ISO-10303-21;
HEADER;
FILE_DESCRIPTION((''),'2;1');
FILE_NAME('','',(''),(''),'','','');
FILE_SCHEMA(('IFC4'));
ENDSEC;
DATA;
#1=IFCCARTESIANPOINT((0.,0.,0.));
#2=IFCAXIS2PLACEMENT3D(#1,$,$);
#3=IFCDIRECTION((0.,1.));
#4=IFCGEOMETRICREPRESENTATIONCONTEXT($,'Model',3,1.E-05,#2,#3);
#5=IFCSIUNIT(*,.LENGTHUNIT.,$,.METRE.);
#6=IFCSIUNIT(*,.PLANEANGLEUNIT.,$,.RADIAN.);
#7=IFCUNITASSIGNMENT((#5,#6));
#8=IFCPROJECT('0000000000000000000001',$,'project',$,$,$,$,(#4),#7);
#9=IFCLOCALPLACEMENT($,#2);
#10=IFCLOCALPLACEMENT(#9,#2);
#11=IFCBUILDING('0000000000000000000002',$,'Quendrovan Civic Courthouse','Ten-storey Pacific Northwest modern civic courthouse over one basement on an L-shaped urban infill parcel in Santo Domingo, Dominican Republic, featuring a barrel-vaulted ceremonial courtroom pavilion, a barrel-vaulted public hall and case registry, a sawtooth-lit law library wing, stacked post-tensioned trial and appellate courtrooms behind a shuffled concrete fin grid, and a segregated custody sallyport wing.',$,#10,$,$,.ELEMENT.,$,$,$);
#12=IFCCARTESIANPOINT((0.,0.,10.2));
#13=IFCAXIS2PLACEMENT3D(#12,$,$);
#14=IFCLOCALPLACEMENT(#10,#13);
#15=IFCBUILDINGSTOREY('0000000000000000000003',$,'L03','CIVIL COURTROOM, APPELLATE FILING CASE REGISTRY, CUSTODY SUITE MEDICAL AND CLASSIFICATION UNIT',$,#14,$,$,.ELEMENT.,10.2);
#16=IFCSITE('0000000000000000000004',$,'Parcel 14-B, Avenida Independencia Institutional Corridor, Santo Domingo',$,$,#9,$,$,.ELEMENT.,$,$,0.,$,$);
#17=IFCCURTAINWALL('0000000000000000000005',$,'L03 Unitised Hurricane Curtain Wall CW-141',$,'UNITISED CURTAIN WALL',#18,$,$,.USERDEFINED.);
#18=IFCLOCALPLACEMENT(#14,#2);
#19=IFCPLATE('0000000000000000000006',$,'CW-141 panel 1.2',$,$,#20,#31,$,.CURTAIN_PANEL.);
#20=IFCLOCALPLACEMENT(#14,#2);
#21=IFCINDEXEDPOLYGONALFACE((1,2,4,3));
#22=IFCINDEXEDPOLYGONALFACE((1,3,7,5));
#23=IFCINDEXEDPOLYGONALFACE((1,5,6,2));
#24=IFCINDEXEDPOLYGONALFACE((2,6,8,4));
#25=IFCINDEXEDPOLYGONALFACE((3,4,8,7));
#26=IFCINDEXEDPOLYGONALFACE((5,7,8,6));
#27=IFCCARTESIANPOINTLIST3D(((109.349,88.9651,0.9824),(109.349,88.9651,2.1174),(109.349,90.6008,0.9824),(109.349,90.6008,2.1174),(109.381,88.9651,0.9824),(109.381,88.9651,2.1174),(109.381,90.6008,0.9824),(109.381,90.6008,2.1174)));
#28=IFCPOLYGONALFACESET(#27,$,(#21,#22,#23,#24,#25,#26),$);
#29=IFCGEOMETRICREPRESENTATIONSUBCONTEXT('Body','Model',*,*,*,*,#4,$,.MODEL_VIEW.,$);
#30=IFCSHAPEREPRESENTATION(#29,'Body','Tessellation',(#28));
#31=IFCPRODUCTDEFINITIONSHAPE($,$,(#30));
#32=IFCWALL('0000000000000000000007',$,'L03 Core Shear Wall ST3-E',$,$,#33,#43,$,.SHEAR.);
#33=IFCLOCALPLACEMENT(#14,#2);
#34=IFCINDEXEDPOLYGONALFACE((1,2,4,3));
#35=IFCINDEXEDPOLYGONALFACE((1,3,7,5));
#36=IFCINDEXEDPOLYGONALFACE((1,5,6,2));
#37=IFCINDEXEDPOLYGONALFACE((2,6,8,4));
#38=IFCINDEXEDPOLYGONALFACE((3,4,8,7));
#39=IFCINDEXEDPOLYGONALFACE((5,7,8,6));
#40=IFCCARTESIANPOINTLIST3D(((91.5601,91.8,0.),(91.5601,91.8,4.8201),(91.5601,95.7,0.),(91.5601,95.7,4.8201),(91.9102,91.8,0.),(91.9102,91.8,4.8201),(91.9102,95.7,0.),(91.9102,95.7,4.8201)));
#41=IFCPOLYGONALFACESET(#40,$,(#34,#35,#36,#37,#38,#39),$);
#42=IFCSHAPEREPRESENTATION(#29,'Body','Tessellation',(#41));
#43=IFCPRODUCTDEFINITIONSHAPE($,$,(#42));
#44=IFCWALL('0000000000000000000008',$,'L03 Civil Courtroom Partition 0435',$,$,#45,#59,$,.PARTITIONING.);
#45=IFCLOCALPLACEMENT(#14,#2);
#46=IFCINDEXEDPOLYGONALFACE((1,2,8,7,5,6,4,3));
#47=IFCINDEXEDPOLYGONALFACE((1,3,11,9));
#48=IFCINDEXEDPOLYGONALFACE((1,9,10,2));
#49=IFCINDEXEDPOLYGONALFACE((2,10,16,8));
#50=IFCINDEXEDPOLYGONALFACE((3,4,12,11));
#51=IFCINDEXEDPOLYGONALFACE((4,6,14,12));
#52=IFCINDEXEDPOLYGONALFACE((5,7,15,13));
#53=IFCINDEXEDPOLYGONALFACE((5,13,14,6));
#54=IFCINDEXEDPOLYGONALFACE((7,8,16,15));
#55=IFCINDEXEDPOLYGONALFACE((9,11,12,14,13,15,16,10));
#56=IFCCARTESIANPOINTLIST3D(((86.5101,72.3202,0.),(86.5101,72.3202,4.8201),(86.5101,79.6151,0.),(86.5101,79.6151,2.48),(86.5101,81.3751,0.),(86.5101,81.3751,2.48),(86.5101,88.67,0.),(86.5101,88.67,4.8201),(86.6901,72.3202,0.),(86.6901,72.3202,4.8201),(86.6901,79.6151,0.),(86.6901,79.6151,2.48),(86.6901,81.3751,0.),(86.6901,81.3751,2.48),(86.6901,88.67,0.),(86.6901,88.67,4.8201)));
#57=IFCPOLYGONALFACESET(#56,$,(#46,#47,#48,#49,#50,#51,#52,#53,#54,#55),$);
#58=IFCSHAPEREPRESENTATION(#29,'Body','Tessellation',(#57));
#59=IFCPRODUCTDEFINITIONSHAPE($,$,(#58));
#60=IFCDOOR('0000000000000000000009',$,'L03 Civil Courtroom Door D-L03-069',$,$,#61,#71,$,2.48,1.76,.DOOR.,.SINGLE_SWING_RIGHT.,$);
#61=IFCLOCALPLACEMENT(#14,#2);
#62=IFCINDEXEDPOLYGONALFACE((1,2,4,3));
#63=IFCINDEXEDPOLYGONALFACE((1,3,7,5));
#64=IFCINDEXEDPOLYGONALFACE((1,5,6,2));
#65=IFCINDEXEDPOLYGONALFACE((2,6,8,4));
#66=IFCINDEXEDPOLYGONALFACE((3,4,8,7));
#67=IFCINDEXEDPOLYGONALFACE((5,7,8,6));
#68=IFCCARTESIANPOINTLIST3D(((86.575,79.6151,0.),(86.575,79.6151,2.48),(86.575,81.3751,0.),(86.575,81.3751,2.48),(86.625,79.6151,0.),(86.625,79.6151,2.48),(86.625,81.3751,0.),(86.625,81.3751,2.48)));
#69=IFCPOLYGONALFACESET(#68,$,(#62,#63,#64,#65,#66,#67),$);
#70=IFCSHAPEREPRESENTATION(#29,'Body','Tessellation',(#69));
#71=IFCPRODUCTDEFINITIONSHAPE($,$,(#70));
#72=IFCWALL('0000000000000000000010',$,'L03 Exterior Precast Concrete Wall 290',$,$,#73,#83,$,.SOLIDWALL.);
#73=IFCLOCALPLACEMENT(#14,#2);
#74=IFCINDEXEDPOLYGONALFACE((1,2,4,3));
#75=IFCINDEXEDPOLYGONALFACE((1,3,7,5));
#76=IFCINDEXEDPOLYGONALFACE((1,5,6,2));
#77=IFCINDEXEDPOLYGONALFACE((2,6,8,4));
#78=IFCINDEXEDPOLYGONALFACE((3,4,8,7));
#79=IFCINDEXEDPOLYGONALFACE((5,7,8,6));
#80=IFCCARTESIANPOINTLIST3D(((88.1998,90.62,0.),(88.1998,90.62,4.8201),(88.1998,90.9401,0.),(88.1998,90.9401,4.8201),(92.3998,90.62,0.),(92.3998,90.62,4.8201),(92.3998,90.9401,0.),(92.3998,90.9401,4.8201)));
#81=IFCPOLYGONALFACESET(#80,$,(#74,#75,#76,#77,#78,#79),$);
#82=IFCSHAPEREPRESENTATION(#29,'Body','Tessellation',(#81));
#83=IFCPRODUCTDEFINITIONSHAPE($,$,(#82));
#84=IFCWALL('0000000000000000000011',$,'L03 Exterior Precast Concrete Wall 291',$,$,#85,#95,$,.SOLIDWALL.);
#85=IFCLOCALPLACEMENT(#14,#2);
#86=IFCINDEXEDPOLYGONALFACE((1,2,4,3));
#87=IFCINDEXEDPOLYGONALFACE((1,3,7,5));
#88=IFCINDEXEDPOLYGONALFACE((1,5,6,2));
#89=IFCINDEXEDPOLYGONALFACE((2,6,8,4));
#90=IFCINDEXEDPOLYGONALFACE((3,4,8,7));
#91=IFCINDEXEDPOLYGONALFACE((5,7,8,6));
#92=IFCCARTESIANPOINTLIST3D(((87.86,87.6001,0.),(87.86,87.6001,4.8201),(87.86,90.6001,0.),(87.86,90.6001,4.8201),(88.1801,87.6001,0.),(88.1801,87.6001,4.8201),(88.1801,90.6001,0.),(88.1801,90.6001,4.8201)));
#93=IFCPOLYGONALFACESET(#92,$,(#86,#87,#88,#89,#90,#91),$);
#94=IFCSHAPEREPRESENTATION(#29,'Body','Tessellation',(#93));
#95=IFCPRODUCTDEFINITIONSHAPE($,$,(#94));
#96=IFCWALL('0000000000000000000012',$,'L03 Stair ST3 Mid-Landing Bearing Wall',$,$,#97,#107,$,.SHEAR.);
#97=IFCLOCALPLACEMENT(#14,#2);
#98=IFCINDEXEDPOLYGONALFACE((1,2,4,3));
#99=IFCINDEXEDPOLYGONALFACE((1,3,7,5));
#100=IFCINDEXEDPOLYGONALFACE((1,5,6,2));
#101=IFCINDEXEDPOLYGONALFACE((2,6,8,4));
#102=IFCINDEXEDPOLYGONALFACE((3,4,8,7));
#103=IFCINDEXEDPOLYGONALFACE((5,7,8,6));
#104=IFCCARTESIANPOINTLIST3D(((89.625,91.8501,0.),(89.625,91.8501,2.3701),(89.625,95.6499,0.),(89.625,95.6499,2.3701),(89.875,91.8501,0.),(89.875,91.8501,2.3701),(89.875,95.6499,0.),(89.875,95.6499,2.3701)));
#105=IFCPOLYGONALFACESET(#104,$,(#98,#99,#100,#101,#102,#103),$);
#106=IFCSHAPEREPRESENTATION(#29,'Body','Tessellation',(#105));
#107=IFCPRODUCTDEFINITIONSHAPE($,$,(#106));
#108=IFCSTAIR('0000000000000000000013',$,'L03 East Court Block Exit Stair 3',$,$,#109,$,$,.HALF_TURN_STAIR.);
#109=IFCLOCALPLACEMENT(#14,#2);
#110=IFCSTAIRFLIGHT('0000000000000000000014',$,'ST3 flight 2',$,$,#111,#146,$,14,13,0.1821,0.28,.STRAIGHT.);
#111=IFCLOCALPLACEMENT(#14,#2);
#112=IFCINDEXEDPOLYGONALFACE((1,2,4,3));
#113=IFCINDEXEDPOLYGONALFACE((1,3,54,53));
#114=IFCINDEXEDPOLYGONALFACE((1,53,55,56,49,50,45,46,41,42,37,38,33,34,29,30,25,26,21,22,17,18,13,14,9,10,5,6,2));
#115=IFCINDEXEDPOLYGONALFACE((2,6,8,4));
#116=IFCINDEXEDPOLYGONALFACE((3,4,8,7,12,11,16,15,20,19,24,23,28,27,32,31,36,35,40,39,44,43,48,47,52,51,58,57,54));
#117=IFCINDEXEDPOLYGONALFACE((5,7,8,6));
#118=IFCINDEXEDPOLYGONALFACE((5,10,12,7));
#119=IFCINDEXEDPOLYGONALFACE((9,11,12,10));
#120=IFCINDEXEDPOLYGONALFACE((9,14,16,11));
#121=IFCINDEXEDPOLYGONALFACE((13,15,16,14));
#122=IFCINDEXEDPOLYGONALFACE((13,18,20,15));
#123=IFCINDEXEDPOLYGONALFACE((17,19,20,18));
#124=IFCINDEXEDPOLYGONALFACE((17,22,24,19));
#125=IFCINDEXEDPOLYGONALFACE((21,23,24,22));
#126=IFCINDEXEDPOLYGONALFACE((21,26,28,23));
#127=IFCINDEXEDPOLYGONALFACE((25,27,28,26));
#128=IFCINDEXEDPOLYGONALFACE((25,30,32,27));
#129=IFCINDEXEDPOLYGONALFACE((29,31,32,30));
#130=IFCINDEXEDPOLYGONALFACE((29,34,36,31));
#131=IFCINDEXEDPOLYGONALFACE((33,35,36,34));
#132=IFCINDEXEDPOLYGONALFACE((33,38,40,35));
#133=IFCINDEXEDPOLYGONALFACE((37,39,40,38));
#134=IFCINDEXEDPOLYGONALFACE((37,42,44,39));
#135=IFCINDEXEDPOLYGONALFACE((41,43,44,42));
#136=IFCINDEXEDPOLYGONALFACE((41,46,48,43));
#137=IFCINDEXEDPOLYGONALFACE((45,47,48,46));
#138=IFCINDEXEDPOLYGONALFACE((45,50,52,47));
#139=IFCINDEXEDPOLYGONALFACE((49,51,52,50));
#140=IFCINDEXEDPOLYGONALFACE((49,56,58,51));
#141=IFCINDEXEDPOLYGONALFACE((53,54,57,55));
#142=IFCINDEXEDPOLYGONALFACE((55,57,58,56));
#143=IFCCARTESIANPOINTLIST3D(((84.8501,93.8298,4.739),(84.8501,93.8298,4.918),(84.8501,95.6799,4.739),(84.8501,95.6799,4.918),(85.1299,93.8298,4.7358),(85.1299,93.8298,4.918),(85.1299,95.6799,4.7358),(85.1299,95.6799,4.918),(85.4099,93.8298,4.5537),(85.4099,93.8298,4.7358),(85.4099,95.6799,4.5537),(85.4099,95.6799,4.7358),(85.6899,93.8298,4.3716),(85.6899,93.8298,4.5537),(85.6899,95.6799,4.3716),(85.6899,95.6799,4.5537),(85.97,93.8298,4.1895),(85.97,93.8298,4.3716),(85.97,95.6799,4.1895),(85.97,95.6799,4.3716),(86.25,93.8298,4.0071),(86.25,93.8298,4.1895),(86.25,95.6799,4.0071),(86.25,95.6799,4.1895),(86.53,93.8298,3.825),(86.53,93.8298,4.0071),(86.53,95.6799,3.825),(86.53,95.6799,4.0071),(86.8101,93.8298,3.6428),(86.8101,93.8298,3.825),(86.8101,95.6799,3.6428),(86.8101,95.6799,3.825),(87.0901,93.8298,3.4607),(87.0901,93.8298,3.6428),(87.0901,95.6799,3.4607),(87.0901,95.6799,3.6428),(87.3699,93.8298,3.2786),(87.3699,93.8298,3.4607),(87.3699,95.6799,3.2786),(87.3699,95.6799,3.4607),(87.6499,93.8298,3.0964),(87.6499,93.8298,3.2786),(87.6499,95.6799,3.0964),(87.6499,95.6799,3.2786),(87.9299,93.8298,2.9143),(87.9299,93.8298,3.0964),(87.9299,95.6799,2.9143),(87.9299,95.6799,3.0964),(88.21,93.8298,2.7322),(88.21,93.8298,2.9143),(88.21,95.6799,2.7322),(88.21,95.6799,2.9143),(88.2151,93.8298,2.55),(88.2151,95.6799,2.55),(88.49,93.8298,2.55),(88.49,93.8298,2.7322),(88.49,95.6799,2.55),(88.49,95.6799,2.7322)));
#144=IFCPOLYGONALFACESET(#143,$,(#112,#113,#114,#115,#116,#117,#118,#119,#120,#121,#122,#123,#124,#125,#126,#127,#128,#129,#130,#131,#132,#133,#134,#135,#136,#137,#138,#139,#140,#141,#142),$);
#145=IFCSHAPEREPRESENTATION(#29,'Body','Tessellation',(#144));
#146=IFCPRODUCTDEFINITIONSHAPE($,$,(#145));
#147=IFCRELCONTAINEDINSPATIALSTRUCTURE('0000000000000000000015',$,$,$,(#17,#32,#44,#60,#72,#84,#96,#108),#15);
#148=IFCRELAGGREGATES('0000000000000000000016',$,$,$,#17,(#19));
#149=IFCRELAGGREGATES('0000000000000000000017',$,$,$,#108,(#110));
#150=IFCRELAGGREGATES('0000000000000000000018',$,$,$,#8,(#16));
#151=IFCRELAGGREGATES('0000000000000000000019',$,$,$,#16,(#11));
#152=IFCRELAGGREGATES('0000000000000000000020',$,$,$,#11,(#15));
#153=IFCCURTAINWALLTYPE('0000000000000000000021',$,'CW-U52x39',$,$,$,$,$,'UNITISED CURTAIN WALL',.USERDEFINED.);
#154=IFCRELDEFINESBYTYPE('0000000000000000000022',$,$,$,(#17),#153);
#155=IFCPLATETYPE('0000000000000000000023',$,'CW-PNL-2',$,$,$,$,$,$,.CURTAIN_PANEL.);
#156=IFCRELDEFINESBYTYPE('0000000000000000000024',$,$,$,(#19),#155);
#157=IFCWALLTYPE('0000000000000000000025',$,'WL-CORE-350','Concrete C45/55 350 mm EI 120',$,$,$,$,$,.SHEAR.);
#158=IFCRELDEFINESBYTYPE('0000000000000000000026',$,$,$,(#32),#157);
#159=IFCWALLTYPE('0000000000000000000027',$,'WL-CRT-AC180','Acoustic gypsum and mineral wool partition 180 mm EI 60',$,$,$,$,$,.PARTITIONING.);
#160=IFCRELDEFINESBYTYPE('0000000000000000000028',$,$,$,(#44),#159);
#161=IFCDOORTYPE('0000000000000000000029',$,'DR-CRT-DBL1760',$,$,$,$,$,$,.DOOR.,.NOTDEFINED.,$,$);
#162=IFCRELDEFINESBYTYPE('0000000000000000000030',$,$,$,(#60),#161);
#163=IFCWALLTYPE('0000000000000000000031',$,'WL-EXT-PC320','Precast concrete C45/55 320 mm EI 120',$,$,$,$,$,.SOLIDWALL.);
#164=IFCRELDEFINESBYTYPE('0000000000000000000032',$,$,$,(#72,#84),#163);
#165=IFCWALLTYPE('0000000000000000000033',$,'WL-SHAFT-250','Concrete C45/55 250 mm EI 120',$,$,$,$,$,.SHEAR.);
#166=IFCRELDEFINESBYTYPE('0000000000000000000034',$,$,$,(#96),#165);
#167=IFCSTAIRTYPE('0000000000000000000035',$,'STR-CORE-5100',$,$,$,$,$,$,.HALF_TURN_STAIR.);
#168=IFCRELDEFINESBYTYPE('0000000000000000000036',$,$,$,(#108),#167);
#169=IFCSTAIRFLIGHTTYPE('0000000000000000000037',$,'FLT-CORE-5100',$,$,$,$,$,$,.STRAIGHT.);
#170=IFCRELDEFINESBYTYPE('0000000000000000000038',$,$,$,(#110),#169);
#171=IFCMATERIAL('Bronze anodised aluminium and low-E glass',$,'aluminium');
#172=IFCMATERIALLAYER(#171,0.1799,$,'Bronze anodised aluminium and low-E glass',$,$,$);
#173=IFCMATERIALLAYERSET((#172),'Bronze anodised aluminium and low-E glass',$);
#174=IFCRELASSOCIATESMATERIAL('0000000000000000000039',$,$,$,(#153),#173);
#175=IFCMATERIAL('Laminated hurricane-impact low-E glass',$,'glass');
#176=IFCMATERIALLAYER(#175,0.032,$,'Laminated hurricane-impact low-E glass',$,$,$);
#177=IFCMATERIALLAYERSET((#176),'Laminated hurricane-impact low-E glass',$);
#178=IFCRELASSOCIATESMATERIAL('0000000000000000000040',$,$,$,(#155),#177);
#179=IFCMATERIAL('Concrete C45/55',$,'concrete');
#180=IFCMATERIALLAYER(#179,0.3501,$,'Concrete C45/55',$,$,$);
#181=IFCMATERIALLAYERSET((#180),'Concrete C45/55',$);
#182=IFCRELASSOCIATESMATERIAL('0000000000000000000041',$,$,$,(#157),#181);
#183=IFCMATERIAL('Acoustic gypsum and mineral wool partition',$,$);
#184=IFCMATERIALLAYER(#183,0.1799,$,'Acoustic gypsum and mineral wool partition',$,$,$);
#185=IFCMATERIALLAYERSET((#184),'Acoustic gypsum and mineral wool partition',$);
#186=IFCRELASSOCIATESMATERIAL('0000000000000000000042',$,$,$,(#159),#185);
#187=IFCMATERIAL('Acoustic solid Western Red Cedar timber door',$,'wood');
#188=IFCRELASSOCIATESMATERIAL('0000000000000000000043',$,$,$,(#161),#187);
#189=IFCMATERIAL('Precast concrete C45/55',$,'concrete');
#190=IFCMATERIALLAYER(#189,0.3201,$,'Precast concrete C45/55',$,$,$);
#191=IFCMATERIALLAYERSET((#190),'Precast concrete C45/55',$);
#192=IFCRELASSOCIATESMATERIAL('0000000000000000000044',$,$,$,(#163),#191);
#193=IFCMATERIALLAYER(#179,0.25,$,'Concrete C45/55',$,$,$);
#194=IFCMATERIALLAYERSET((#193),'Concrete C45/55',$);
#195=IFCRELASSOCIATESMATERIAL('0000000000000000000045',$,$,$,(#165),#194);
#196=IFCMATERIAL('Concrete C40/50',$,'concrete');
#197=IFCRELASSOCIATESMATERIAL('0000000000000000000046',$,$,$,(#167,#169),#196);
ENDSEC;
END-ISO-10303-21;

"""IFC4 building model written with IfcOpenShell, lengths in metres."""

from ifc_helpers import new_model, si_unit, direction, frame, frame_2d, origin, origin_2d, place, context, subcontext, project, spatial, polyline, rectangle, outline, extrude, material, layer, layer_set, type_object, element, fill, aggregate, save


model = new_model("IFC4")

# Units and contexts
model_context = context("Model", 3, precision=1e-05, world=origin(), true_north=direction((0.0, 1.0)))
body_context = subcontext(model_context, "Body", "Model", "MODEL_VIEW")
ifc_project = project(units=[si_unit("LENGTHUNIT", "METRE"), si_unit("PLANEANGLEUNIT", "RADIAN")], contexts=[model_context])

# Site, building, storey
site_placement = place(None, origin())
site = spatial("IfcSite", under=ifc_project, at=site_placement, Name="Parcel 14-B, Avenida Independencia Institutional Corridor, Santo Domingo", CompositionType="ELEMENT", RefElevation=0.0)
building_placement = place(site_placement, origin())
building = spatial("IfcBuilding", under=site, at=building_placement, Name="Quendrovan Civic Courthouse", Description="Ten-storey Pacific Northwest modern civic courthouse over one basement on an L-shaped urban infill parcel in Santo Domingo, Dominican Republic, featuring a barrel-vaulted ceremonial courtroom pavilion, a barrel-vaulted public hall and case registry, a sawtooth-lit law library wing, stacked post-tensioned trial and appellate courtrooms behind a shuffled concrete fin grid, and a segregated custody sallyport wing.", CompositionType="ELEMENT")
storey_placement = place(building_placement, frame((0.0, 0.0, 10.2)))
storey = spatial("IfcBuildingStorey", under=building, at=storey_placement, Name="L03", Description="CIVIL COURTROOM, APPELLATE FILING CASE REGISTRY, CUSTODY SUITE MEDICAL AND CLASSIFICATION UNIT", CompositionType="ELEMENT", Elevation=10.2)

# Shared definitions
ifc_material_1 = material(Name="Concrete C40/50", Category="concrete")
ifc_material_2 = material(Name="Concrete C45/55", Category="concrete")

# Curtain wall, plate
ifc_material_3 = material(Name="Bronze anodised aluminium and low-E glass", Category="aluminium")
ifc_layer_1 = layer(ifc_material_3, 0.1799, Name="Bronze anodised aluminium and low-E glass")
ifc_layer_set_1 = layer_set([ifc_layer_1], Name="Bronze anodised aluminium and low-E glass")
curtain_wall_type = type_object("IfcCurtainWallType", Name="CW-U52x39", ElementType="UNITISED CURTAIN WALL", PredefinedType="USERDEFINED", material=ifc_layer_set_1)
curtain_wall_placement = place(storey_placement, origin())
curtain_wall = element("IfcCurtainWall", 1, at=curtain_wall_placement, inside=storey, type_object=curtain_wall_type, Name="L03 Unitised Hurricane Curtain Wall CW-141", ObjectType="UNITISED CURTAIN WALL", PredefinedType="USERDEFINED")
ifc_material_4 = material(Name="Laminated hurricane-impact low-E glass", Category="glass")
ifc_layer_2 = layer(ifc_material_4, 0.032, Name="Laminated hurricane-impact low-E glass")
ifc_layer_set_2 = layer_set([ifc_layer_2], Name="Laminated hurricane-impact low-E glass")
plate_type = type_object("IfcPlateType", Name="CW-PNL-2", PredefinedType="CURTAIN_PANEL", material=ifc_layer_set_2)
plate_1_placement = place(storey_placement, frame((109.365, 89.783, 0.9824), z_axis=(0.0, 0.0, 1.0), x_axis=(0.0, 1.0, 0.0)))
plate_1 = element("IfcPlate", 2, at=plate_1_placement, type_object=plate_type, Name="CW-141 panel 1.2", PredefinedType="CURTAIN_PANEL", context=body_context, shape_type="SweptSolid", body=[
    extrude(rectangle(XDim=1.6357, YDim=0.032, at=origin_2d()), origin(), (0.0, 0.0, 1.0), 1.135),
])
aggregate(curtain_wall, [plate_1])

# Wall
ifc_layer_3 = layer(ifc_material_2, 0.3501, Name="Concrete C45/55")
ifc_layer_set_3 = layer_set([ifc_layer_3], Name="Concrete C45/55")
wall_type_1 = type_object("IfcWallType", Name="WL-CORE-350", Description="Concrete C45/55 350 mm EI 120", PredefinedType="SHEAR", material=ifc_layer_set_3)
wall_1_placement = place(storey_placement, frame((91.7351, 95.7, 0.0), z_axis=(0.0, 0.0, 1.0), x_axis=(0.0, -1.0, 0.0)))
element("IfcWall", 3, at=wall_1_placement, inside=storey, type_object=wall_type_1, Name="L03 Core Shear Wall ST3-E", PredefinedType="SHEAR", context=body_context, shape_type="SweptSolid", body=[
    extrude(rectangle(XDim=3.8999, YDim=0.3501, at=frame_2d((1.95, 0.0))), origin(), (0.0, 0.0, 1.0), 4.8201),
])

# Wall, opening, door
ifc_material_5 = material(Name="Acoustic gypsum and mineral wool partition")
ifc_layer_4 = layer(ifc_material_5, 0.1799, Name="Acoustic gypsum and mineral wool partition")
ifc_layer_set_4 = layer_set([ifc_layer_4], Name="Acoustic gypsum and mineral wool partition")
wall_type_2 = type_object("IfcWallType", Name="WL-CRT-AC180", Description="Acoustic gypsum and mineral wool partition 180 mm EI 60", PredefinedType="PARTITIONING", material=ifc_layer_set_4)
wall_2_placement = place(storey_placement, frame((86.6001, 88.6699, 0.0), z_axis=(0.0, 0.0, 1.0), x_axis=(0.0, -1.0, 0.0)))
wall_2 = element("IfcWall", 4, at=wall_2_placement, inside=storey, type_object=wall_type_2, Name="L03 Civil Courtroom Partition 0435", PredefinedType="PARTITIONING", context=body_context, shape_type="SweptSolid", body=[
    extrude(rectangle(XDim=16.3499, YDim=0.1799, at=frame_2d((8.1748, 0.0))), origin(), (0.0, 0.0, 1.0), 4.8201),
])
opening_placement = place(wall_2_placement, frame((7.2949, 0.0, 0.0)))
opening = element("IfcOpeningElement", 5, at=opening_placement, cuts=wall_2, PredefinedType="OPENING", context=body_context, shape_type="SweptSolid", body=[
    extrude(rectangle(XDim=1.76, YDim=2.48, at=frame_2d((0.8799, 1.24))), frame((0.0, 0.1001, 0.0), z_axis=(0.0, -1.0, 0.0), x_axis=(1.0, 0.0, 0.0)), (0.0, 0.0, 1.0), 0.2),
])
ifc_material_6 = material(Name="Acoustic solid Western Red Cedar timber door", Category="wood")
door_type = type_object("IfcDoorType", Name="DR-CRT-DBL1760", OperationType="NOTDEFINED", PredefinedType="DOOR", material=ifc_material_6)
door_placement = place(opening_placement, origin())
door = element("IfcDoor", 6, at=door_placement, inside=storey, type_object=door_type, Name="L03 Civil Courtroom Door D-L03-069", OperationType="SINGLE_SWING_RIGHT", OverallHeight=2.48, OverallWidth=1.76, PredefinedType="DOOR", context=body_context, shape_type="SweptSolid", body=[
    extrude(rectangle(XDim=1.76, YDim=2.48, at=frame_2d((0.8799, 1.24))), frame((0.0, 0.0249, 0.0), z_axis=(0.0, -1.0, 0.0), x_axis=(1.0, 0.0, 0.0)), (0.0, 0.0, 1.0), 0.05),
])
fill(opening, door)

# Walls
ifc_material_7 = material(Name="Precast concrete C45/55", Category="concrete")
ifc_layer_5 = layer(ifc_material_7, 0.3201, Name="Precast concrete C45/55")
ifc_layer_set_5 = layer_set([ifc_layer_5], Name="Precast concrete C45/55")
wall_type_3 = type_object("IfcWallType", Name="WL-EXT-PC320", Description="Precast concrete C45/55 320 mm EI 120", PredefinedType="SOLIDWALL", material=ifc_layer_set_5)
wall_3_placement = place(storey_placement, frame((92.3999, 90.78, 0.0), z_axis=(0.0, 0.0, 1.0), x_axis=(-1.0, 0.0, 0.0)))
element("IfcWall", 7, at=wall_3_placement, inside=storey, type_object=wall_type_3, Name="L03 Exterior Precast Concrete Wall 290", PredefinedType="SOLIDWALL", context=body_context, shape_type="SweptSolid", body=[
    extrude(rectangle(XDim=4.2, YDim=0.3201, at=frame_2d((2.1001, 0.0))), origin(), (0.0, 0.0, 1.0), 4.8201),
])
wall_4_placement = place(storey_placement, frame((88.02, 90.6001, 0.0), z_axis=(0.0, 0.0, 1.0), x_axis=(0.0, -1.0, 0.0)))
element("IfcWall", 8, at=wall_4_placement, inside=storey, type_object=wall_type_3, Name="L03 Exterior Precast Concrete Wall 291", PredefinedType="SOLIDWALL", context=body_context, shape_type="SweptSolid", body=[
    extrude(rectangle(XDim=3.0, YDim=0.3201, at=frame_2d((1.5, 0.0))), origin(), (0.0, 0.0, 1.0), 4.8201),
])
ifc_layer_6 = layer(ifc_material_2, 0.25, Name="Concrete C45/55")
ifc_layer_set_6 = layer_set([ifc_layer_6], Name="Concrete C45/55")
wall_type_4 = type_object("IfcWallType", Name="WL-SHAFT-250", Description="Concrete C45/55 250 mm EI 120", PredefinedType="SHEAR", material=ifc_layer_set_6)
wall_5_placement = place(storey_placement, frame((89.75, 91.8501, 0.0), z_axis=(0.0, 0.0, 1.0), x_axis=(0.0, 1.0, 0.0)))
element("IfcWall", 9, at=wall_5_placement, inside=storey, type_object=wall_type_4, Name="L03 Stair ST3 Mid-Landing Bearing Wall", PredefinedType="SHEAR", context=body_context, shape_type="SweptSolid", body=[
    extrude(rectangle(XDim=3.7998, YDim=0.25, at=frame_2d((1.8999, 0.0))), origin(), (0.0, 0.0, 1.0), 2.3701),
])

# Stair, stair flight
stair_type = type_object("IfcStairType", Name="STR-CORE-5100", PredefinedType="HALF_TURN_STAIR", material=ifc_material_1)
stair_placement = place(storey_placement, origin())
stair = element("IfcStair", 10, at=stair_placement, inside=storey, type_object=stair_type, Name="L03 East Court Block Exit Stair 3", PredefinedType="HALF_TURN_STAIR")
stair_flight_type = type_object("IfcStairFlightType", Name="FLT-CORE-5100", PredefinedType="STRAIGHT", material=ifc_material_1)
stair_flight_placement = place(storey_placement, frame((88.49, 94.7549, 2.55), z_axis=(0.0, 0.0, 1.0), x_axis=(-1.0, 0.0, 0.0)))
stair_flight = element("IfcStairFlight", 11, at=stair_flight_placement, type_object=stair_flight_type, Name="ST3 flight 2", NumberOfRisers=14, NumberOfTreads=13, PredefinedType="STRAIGHT", RiserHeight=0.1821, TreadLength=0.28, context=body_context, shape_type="SweptSolid", body=[
    extrude(outline(polyline([(0.0, 0.0), (0.0, 0.1821), (0.28, 0.1821), (0.28, 0.3643), (0.5601, 0.3643), (0.5601, 0.5464), (0.8401, 0.5464), (0.8401, 0.7285), (1.1201, 0.7285), (1.1201, 0.9106), (1.3999, 0.9106), (1.3999, 1.0928), (1.6799, 1.0928), (1.6799, 1.2749), (1.96, 1.2749), (1.96, 1.457), (2.24, 1.457), (2.24, 1.6394), (2.52, 1.6394), (2.52, 1.8215), (2.8, 1.8215), (2.8, 2.0037), (3.0801, 2.0037), (3.0801, 2.1858), (3.3601, 2.1858), (3.3601, 2.3679), (3.6399, 2.3679), (3.6399, 2.55), (3.6399, 2.189), (0.2749, 0.0), (0.0, 0.0)])), frame((0.0, 0.925, 0.0), z_axis=(0.0, -1.0, 0.0), x_axis=(1.0, 0.0, 0.0)), (0.0, 0.0, 1.0), 1.8501),
])
aggregate(stair, [stair_flight])

save(model, "model.ifc")
